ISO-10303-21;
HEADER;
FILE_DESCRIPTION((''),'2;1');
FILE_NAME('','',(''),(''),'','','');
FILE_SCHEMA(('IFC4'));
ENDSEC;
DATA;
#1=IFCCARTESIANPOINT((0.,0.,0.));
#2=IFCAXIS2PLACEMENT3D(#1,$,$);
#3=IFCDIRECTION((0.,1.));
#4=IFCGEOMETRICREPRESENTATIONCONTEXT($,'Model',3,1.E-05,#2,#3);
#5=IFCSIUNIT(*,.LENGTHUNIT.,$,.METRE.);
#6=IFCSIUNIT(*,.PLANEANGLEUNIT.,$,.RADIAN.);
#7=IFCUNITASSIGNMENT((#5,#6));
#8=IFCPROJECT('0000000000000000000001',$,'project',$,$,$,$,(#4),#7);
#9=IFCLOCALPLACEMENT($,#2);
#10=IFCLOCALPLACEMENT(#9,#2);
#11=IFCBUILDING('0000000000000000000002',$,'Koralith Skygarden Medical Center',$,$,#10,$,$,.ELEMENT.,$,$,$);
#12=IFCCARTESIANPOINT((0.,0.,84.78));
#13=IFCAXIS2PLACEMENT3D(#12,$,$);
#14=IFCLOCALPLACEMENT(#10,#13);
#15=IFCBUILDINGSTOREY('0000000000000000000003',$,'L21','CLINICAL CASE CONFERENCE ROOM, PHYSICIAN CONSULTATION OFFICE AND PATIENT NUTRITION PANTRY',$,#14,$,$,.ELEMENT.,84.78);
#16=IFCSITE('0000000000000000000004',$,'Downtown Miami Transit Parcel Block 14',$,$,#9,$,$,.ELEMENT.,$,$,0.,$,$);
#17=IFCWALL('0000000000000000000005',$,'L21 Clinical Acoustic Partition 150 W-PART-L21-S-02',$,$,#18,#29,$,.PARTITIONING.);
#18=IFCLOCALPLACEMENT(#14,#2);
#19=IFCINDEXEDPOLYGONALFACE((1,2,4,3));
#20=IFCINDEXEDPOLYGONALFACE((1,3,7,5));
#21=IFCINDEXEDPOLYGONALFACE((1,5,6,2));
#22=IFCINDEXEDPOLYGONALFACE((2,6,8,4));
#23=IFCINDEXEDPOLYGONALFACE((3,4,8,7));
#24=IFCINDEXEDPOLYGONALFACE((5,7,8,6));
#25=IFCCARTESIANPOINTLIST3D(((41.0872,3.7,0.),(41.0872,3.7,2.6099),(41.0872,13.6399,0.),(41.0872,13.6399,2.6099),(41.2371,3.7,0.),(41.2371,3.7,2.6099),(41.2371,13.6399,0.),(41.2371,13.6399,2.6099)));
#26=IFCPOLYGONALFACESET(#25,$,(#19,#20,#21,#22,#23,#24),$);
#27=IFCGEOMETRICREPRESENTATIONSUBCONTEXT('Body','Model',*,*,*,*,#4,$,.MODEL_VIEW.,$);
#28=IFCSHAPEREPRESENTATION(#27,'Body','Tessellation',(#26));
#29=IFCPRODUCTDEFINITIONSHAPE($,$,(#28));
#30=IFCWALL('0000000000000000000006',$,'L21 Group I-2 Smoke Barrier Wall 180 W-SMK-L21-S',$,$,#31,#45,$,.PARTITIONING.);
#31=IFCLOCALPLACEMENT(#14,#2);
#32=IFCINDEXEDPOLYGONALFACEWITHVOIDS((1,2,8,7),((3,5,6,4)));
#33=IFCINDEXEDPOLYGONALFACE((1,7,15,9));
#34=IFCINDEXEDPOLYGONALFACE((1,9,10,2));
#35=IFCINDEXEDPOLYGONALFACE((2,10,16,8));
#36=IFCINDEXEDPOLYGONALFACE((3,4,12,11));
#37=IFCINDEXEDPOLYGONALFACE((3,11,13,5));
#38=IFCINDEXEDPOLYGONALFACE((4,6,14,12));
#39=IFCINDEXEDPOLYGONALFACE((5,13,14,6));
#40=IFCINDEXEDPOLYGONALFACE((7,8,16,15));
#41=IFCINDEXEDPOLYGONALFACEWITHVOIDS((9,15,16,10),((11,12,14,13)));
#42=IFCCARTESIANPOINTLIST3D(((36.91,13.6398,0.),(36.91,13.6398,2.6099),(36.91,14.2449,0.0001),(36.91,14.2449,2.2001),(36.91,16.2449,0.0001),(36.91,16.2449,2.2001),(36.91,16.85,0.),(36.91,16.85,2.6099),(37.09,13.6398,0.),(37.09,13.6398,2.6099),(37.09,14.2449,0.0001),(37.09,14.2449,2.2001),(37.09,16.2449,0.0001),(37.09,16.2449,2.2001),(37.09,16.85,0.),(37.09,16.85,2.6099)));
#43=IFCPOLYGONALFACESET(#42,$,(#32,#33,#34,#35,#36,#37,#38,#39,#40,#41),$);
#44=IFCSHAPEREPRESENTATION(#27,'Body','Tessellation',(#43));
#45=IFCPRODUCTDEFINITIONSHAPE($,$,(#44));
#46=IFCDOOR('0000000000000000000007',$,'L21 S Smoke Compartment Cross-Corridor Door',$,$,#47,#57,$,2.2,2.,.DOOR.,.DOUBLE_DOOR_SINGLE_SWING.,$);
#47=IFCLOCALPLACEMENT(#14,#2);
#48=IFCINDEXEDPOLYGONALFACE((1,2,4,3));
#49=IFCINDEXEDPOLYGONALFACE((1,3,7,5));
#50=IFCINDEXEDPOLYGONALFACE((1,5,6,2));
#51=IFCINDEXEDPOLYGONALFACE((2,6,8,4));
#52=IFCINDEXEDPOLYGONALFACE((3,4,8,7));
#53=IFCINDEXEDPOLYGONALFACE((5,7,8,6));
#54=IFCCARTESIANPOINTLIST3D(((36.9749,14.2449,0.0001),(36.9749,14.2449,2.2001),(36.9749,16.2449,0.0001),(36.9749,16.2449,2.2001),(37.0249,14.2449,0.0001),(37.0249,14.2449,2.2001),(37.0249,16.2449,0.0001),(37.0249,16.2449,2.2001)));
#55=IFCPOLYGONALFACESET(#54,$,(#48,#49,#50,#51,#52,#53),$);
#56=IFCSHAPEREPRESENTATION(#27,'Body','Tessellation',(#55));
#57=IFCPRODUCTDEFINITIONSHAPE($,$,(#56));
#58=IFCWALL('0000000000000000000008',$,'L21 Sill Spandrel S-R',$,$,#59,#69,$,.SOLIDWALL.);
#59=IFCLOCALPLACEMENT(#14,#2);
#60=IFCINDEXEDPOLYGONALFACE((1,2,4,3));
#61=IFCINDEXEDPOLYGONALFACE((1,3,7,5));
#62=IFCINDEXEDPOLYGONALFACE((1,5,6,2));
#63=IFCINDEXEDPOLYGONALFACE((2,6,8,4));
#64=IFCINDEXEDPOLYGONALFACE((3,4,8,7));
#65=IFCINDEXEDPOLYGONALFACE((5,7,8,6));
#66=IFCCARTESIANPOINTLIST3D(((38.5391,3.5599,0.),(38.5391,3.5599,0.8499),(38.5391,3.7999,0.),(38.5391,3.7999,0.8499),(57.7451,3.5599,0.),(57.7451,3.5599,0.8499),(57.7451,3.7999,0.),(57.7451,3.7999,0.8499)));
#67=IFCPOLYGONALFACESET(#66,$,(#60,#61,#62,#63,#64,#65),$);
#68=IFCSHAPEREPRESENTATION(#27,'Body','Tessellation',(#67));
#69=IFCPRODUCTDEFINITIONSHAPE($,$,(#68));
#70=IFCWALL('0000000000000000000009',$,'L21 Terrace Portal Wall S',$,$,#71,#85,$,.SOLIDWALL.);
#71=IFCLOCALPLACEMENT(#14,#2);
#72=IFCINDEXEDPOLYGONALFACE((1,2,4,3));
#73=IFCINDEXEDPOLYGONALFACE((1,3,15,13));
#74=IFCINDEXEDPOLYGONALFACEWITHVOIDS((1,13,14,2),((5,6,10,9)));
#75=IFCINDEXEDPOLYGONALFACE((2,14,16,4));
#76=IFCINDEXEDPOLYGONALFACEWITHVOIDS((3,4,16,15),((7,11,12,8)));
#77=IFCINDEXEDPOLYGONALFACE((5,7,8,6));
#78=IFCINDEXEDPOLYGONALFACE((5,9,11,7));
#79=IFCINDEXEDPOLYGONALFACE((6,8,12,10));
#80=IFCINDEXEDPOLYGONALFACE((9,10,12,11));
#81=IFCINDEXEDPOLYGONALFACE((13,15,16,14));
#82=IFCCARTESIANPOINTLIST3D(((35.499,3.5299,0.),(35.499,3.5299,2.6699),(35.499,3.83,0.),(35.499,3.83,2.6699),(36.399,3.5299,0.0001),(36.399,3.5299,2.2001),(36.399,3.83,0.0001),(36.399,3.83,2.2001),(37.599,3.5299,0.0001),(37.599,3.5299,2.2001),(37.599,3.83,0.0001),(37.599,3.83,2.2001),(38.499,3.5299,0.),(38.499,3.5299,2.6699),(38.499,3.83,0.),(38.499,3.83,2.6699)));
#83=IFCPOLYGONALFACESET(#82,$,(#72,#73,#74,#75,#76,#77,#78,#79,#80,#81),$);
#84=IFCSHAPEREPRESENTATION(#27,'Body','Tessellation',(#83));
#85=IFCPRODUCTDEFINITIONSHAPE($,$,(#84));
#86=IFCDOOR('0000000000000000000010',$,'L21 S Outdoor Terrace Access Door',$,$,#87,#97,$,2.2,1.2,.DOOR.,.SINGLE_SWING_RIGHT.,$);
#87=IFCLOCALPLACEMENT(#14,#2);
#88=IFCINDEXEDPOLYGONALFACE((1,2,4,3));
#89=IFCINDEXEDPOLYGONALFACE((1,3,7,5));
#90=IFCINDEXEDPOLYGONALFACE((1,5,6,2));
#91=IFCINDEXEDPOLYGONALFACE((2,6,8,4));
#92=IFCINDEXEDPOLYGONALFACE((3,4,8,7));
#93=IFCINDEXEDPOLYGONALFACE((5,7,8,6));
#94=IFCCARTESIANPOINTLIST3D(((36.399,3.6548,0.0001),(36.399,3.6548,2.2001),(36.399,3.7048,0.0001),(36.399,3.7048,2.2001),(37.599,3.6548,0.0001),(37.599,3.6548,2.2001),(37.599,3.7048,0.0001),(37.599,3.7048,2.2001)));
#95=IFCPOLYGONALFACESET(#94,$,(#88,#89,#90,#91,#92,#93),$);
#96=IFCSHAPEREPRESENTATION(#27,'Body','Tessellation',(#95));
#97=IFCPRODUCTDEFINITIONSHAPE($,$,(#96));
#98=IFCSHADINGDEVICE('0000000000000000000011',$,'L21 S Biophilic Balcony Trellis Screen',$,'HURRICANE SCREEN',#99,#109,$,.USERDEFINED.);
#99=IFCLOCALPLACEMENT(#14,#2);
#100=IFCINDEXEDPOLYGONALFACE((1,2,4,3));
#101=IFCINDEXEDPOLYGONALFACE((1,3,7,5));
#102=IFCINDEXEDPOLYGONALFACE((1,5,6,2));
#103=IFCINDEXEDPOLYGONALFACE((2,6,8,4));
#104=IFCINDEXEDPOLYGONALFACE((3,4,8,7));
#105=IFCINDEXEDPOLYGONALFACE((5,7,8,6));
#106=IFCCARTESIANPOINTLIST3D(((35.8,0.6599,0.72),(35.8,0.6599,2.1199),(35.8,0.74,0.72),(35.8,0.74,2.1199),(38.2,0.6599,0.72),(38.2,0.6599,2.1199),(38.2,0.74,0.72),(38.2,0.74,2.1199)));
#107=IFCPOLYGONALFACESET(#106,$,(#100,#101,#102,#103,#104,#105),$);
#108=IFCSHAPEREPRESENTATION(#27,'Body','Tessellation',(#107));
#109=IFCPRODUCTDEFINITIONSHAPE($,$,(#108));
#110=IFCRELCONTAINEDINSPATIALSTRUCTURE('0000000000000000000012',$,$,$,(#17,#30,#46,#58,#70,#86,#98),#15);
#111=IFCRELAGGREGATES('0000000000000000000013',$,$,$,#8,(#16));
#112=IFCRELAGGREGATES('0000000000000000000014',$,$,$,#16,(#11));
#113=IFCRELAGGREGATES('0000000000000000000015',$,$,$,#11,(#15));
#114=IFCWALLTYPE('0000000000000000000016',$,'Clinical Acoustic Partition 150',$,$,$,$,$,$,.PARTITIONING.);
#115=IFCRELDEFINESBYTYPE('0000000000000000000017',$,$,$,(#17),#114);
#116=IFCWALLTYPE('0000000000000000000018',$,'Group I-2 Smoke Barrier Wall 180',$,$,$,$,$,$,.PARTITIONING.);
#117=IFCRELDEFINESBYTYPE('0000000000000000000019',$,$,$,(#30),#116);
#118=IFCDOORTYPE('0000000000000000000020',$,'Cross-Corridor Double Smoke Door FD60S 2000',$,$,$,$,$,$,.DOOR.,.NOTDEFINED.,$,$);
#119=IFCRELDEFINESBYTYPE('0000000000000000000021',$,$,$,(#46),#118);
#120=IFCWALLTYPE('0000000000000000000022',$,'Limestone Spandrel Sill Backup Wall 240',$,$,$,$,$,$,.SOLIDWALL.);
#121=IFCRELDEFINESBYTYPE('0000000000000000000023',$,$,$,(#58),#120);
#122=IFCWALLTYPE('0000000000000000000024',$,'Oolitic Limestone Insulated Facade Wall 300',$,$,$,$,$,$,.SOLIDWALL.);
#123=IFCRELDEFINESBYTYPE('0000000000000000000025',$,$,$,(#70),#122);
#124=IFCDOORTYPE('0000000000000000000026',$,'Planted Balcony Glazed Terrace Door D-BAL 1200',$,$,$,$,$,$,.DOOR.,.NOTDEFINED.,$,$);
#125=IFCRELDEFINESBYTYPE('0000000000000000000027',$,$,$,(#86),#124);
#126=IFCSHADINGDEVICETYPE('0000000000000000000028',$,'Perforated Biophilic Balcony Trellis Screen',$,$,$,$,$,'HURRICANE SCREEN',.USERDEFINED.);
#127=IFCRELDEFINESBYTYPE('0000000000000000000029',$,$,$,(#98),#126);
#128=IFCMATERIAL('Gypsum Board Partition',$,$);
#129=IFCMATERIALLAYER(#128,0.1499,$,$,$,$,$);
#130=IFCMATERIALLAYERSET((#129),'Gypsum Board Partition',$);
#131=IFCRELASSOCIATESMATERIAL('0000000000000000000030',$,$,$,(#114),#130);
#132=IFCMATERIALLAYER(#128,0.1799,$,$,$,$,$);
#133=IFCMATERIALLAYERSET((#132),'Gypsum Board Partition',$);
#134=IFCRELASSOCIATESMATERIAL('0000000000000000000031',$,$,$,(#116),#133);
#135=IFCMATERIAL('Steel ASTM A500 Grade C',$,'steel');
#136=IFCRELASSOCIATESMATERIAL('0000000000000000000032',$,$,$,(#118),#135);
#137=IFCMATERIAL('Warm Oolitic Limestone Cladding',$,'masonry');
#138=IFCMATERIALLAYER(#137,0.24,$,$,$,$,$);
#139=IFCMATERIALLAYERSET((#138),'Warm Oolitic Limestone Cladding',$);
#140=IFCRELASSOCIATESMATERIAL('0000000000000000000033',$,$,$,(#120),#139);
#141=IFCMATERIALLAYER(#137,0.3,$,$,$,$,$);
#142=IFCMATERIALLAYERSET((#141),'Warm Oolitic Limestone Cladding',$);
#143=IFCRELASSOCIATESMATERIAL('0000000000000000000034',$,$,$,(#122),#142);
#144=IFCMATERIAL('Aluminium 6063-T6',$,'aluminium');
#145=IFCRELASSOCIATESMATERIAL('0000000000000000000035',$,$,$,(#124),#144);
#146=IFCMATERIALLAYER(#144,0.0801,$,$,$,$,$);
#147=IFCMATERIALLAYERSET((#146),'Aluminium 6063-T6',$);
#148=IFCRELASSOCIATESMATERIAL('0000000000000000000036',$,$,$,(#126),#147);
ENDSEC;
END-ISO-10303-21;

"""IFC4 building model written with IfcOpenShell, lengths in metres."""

from ifc_helpers import new_model, si_unit, direction, frame, frame_2d, origin, origin_2d, place, context, subcontext, project, spatial, rectangle, extrude, material, layer, layer_set, type_object, element, fill, save


model = new_model("IFC4")

# Units and contexts
model_context = context("Model", 3, precision=1e-05, world=origin(), true_north=direction((0.0, 1.0)))
body_context = subcontext(model_context, "Body", "Model", "MODEL_VIEW")
ifc_project = project(units=[si_unit("LENGTHUNIT", "METRE"), si_unit("PLANEANGLEUNIT", "RADIAN")], contexts=[model_context])

# Site, building, storey
site_placement = place(None, origin())
site = spatial("IfcSite", under=ifc_project, at=site_placement, Name="Downtown Miami Transit Parcel Block 14", CompositionType="ELEMENT", RefElevation=0.0)
building_placement = place(site_placement, origin())
building = spatial("IfcBuilding", under=site, at=building_placement, Name="Koralith Skygarden Medical Center", CompositionType="ELEMENT")
storey_placement = place(building_placement, frame((0.0, 0.0, 84.78)))
storey = spatial("IfcBuildingStorey", under=building, at=storey_placement, Name="L21", Description="CLINICAL CASE CONFERENCE ROOM, PHYSICIAN CONSULTATION OFFICE AND PATIENT NUTRITION PANTRY", CompositionType="ELEMENT", Elevation=84.78)

# Shared definitions
ifc_material_1 = material(Name="Aluminium 6063-T6", Category="aluminium")

# Wall
ifc_material_2 = material(Name="Gypsum Board Partition")
ifc_layer_1 = layer(ifc_material_2, 0.1499)
ifc_layer_set_1 = layer_set([ifc_layer_1], Name="Gypsum Board Partition")
wall_type_1 = type_object("IfcWallType", Name="Clinical Acoustic Partition 150", PredefinedType="PARTITIONING", material=ifc_layer_set_1)
wall_1_placement = place(storey_placement, frame((41.1621, 13.6399, 0.0), z_axis=(0.0, 0.0, 1.0), x_axis=(0.0, -1.0, 0.0)))
element("IfcWall", 1, at=wall_1_placement, inside=storey, type_object=wall_type_1, Name="L21 Clinical Acoustic Partition 150 W-PART-L21-S-02", PredefinedType="PARTITIONING", context=body_context, shape_type="SweptSolid", body=[
    extrude(rectangle(XDim=9.9399, YDim=0.1499, at=frame_2d((4.97, 0.0))), origin(), (0.0, 0.0, 1.0), 2.6099),
])

# Wall, opening, door
ifc_layer_2 = layer(ifc_material_2, 0.1799)
ifc_layer_set_2 = layer_set([ifc_layer_2], Name="Gypsum Board Partition")
wall_type_2 = type_object("IfcWallType", Name="Group I-2 Smoke Barrier Wall 180", PredefinedType="PARTITIONING", material=ifc_layer_set_2)
wall_2_placement = place(storey_placement, frame((37.0, 13.6399, 0.0), z_axis=(0.0, 0.0, 1.0), x_axis=(0.0, 1.0, 0.0)))
wall_2 = element("IfcWall", 2, at=wall_2_placement, inside=storey, type_object=wall_type_2, Name="L21 Group I-2 Smoke Barrier Wall 180 W-SMK-L21-S", PredefinedType="PARTITIONING", context=body_context, shape_type="SweptSolid", body=[
    extrude(rectangle(XDim=3.2102, YDim=0.1799, at=frame_2d((1.605, 0.0))), origin(), (0.0, 0.0, 1.0), 2.6099),
])
opening_1_placement = place(wall_2_placement, frame((0.605, 0.0, 0.0)))
opening_1 = element("IfcOpeningElement", 3, at=opening_1_placement, cuts=wall_2, PredefinedType="OPENING", context=body_context, shape_type="SweptSolid", body=[
    extrude(rectangle(XDim=2.0, YDim=2.2, at=frame_2d((1.0, 1.1001))), frame((0.0, 0.0999, 0.0), z_axis=(0.0, -1.0, 0.0), x_axis=(1.0, 0.0, 0.0)), (0.0, 0.0, 1.0), 0.2),
])
ifc_material_3 = material(Name="Steel ASTM A500 Grade C", Category="steel")
door_type_1 = type_object("IfcDoorType", Name="Cross-Corridor Double Smoke Door FD60S 2000", OperationType="NOTDEFINED", PredefinedType="DOOR", material=ifc_material_3)
door_1_placement = place(opening_1_placement, frame((2.0, 0.0, 0.0), z_axis=(0.0, 0.0, 1.0), x_axis=(-1.0, 0.0, 0.0)))
door_1 = element("IfcDoor", 4, at=door_1_placement, inside=storey, type_object=door_type_1, Name="L21 S Smoke Compartment Cross-Corridor Door", OperationType="DOUBLE_DOOR_SINGLE_SWING", OverallHeight=2.2, OverallWidth=2.0, PredefinedType="DOOR", context=body_context, shape_type="SweptSolid", body=[
    extrude(rectangle(XDim=2.0, YDim=2.2, at=frame_2d((1.0, 1.1001))), frame((0.0, 0.0249, 0.0), z_axis=(0.0, -1.0, 0.0), x_axis=(1.0, 0.0, 0.0)), (0.0, 0.0, 1.0), 0.05),
])
fill(opening_1, door_1)

# Wall
ifc_material_4 = material(Name="Warm Oolitic Limestone Cladding", Category="masonry")
ifc_layer_3 = layer(ifc_material_4, 0.24)
ifc_layer_set_3 = layer_set([ifc_layer_3], Name="Warm Oolitic Limestone Cladding")
wall_type_3 = type_object("IfcWallType", Name="Limestone Spandrel Sill Backup Wall 240", PredefinedType="SOLIDWALL", material=ifc_layer_set_3)
wall_3_placement = place(storey_placement, frame((38.5391, 3.6799, 0.0), z_axis=(0.0, 0.0, 1.0), x_axis=(1.0, 0.0, 0.0)))
element("IfcWall", 5, at=wall_3_placement, inside=storey, type_object=wall_type_3, Name="L21 Sill Spandrel S-R", PredefinedType="SOLIDWALL", context=body_context, shape_type="SweptSolid", body=[
    extrude(rectangle(XDim=19.2061, YDim=0.24, at=frame_2d((9.603, 0.0))), origin(), (0.0, 0.0, 1.0), 0.8499),
])

# Wall, opening, door
ifc_layer_4 = layer(ifc_material_4, 0.3)
ifc_layer_set_4 = layer_set([ifc_layer_4], Name="Warm Oolitic Limestone Cladding")
wall_type_4 = type_object("IfcWallType", Name="Oolitic Limestone Insulated Facade Wall 300", PredefinedType="SOLIDWALL", material=ifc_layer_set_4)
wall_4_placement = place(storey_placement, frame((35.499, 3.6799, 0.0), z_axis=(0.0, 0.0, 1.0), x_axis=(1.0, 0.0, 0.0)))
wall_4 = element("IfcWall", 6, at=wall_4_placement, inside=storey, type_object=wall_type_4, Name="L21 Terrace Portal Wall S", PredefinedType="SOLIDWALL", context=body_context, shape_type="SweptSolid", body=[
    extrude(rectangle(XDim=3.0, YDim=0.3, at=frame_2d((1.5, 0.0))), origin(), (0.0, 0.0, 1.0), 2.6699),
])
opening_2_placement = place(wall_4_placement, frame((0.8999, 0.0, 0.0)))
opening_2 = element("IfcOpeningElement", 7, at=opening_2_placement, cuts=wall_4, PredefinedType="OPENING", context=body_context, shape_type="SweptSolid", body=[
    extrude(rectangle(XDim=1.2, YDim=2.2, at=frame_2d((0.6001, 1.1001))), frame((0.0, 0.1599, 0.0), z_axis=(0.0, -1.0, 0.0), x_axis=(1.0, 0.0, 0.0)), (0.0, 0.0, 1.0), 0.3201),
])
door_type_2 = type_object("IfcDoorType", Name="Planted Balcony Glazed Terrace Door D-BAL 1200", OperationType="NOTDEFINED", PredefinedType="DOOR", material=ifc_material_1)
door_2_placement = place(opening_2_placement, origin())
door_2 = element("IfcDoor", 8, at=door_2_placement, inside=storey, type_object=door_type_2, Name="L21 S Outdoor Terrace Access Door", OperationType="SINGLE_SWING_RIGHT", OverallHeight=2.2, OverallWidth=1.2, PredefinedType="DOOR", context=body_context, shape_type="SweptSolid", body=[
    extrude(rectangle(XDim=1.2, YDim=2.2, at=frame_2d((0.6001, 1.1001))), frame((0.0, 0.0249, 0.0), z_axis=(0.0, -1.0, 0.0), x_axis=(1.0, 0.0, 0.0)), (0.0, 0.0, 1.0), 0.05),
])
fill(opening_2, door_2)

# Shading device
ifc_layer_5 = layer(ifc_material_1, 0.0801)
ifc_layer_set_5 = layer_set([ifc_layer_5], Name="Aluminium 6063-T6")
shading_device_type = type_object("IfcShadingDeviceType", Name="Perforated Biophilic Balcony Trellis Screen", ElementType="HURRICANE SCREEN", PredefinedType="USERDEFINED", material=ifc_layer_set_5)
shading_device_placement = place(storey_placement, frame((37.0, 0.7, 0.72), z_axis=(0.0, 0.0, 1.0), x_axis=(1.0, 0.0, 0.0)))
element("IfcShadingDevice", 9, at=shading_device_placement, inside=storey, type_object=shading_device_type, Name="L21 S Biophilic Balcony Trellis Screen", ObjectType="HURRICANE SCREEN", PredefinedType="USERDEFINED", context=body_context, shape_type="SweptSolid", body=[
    extrude(rectangle(XDim=2.3999, YDim=0.0801, at=origin_2d()), origin(), (0.0, 0.0, 1.0), 1.3999),
])

save(model, "model.ifc")
